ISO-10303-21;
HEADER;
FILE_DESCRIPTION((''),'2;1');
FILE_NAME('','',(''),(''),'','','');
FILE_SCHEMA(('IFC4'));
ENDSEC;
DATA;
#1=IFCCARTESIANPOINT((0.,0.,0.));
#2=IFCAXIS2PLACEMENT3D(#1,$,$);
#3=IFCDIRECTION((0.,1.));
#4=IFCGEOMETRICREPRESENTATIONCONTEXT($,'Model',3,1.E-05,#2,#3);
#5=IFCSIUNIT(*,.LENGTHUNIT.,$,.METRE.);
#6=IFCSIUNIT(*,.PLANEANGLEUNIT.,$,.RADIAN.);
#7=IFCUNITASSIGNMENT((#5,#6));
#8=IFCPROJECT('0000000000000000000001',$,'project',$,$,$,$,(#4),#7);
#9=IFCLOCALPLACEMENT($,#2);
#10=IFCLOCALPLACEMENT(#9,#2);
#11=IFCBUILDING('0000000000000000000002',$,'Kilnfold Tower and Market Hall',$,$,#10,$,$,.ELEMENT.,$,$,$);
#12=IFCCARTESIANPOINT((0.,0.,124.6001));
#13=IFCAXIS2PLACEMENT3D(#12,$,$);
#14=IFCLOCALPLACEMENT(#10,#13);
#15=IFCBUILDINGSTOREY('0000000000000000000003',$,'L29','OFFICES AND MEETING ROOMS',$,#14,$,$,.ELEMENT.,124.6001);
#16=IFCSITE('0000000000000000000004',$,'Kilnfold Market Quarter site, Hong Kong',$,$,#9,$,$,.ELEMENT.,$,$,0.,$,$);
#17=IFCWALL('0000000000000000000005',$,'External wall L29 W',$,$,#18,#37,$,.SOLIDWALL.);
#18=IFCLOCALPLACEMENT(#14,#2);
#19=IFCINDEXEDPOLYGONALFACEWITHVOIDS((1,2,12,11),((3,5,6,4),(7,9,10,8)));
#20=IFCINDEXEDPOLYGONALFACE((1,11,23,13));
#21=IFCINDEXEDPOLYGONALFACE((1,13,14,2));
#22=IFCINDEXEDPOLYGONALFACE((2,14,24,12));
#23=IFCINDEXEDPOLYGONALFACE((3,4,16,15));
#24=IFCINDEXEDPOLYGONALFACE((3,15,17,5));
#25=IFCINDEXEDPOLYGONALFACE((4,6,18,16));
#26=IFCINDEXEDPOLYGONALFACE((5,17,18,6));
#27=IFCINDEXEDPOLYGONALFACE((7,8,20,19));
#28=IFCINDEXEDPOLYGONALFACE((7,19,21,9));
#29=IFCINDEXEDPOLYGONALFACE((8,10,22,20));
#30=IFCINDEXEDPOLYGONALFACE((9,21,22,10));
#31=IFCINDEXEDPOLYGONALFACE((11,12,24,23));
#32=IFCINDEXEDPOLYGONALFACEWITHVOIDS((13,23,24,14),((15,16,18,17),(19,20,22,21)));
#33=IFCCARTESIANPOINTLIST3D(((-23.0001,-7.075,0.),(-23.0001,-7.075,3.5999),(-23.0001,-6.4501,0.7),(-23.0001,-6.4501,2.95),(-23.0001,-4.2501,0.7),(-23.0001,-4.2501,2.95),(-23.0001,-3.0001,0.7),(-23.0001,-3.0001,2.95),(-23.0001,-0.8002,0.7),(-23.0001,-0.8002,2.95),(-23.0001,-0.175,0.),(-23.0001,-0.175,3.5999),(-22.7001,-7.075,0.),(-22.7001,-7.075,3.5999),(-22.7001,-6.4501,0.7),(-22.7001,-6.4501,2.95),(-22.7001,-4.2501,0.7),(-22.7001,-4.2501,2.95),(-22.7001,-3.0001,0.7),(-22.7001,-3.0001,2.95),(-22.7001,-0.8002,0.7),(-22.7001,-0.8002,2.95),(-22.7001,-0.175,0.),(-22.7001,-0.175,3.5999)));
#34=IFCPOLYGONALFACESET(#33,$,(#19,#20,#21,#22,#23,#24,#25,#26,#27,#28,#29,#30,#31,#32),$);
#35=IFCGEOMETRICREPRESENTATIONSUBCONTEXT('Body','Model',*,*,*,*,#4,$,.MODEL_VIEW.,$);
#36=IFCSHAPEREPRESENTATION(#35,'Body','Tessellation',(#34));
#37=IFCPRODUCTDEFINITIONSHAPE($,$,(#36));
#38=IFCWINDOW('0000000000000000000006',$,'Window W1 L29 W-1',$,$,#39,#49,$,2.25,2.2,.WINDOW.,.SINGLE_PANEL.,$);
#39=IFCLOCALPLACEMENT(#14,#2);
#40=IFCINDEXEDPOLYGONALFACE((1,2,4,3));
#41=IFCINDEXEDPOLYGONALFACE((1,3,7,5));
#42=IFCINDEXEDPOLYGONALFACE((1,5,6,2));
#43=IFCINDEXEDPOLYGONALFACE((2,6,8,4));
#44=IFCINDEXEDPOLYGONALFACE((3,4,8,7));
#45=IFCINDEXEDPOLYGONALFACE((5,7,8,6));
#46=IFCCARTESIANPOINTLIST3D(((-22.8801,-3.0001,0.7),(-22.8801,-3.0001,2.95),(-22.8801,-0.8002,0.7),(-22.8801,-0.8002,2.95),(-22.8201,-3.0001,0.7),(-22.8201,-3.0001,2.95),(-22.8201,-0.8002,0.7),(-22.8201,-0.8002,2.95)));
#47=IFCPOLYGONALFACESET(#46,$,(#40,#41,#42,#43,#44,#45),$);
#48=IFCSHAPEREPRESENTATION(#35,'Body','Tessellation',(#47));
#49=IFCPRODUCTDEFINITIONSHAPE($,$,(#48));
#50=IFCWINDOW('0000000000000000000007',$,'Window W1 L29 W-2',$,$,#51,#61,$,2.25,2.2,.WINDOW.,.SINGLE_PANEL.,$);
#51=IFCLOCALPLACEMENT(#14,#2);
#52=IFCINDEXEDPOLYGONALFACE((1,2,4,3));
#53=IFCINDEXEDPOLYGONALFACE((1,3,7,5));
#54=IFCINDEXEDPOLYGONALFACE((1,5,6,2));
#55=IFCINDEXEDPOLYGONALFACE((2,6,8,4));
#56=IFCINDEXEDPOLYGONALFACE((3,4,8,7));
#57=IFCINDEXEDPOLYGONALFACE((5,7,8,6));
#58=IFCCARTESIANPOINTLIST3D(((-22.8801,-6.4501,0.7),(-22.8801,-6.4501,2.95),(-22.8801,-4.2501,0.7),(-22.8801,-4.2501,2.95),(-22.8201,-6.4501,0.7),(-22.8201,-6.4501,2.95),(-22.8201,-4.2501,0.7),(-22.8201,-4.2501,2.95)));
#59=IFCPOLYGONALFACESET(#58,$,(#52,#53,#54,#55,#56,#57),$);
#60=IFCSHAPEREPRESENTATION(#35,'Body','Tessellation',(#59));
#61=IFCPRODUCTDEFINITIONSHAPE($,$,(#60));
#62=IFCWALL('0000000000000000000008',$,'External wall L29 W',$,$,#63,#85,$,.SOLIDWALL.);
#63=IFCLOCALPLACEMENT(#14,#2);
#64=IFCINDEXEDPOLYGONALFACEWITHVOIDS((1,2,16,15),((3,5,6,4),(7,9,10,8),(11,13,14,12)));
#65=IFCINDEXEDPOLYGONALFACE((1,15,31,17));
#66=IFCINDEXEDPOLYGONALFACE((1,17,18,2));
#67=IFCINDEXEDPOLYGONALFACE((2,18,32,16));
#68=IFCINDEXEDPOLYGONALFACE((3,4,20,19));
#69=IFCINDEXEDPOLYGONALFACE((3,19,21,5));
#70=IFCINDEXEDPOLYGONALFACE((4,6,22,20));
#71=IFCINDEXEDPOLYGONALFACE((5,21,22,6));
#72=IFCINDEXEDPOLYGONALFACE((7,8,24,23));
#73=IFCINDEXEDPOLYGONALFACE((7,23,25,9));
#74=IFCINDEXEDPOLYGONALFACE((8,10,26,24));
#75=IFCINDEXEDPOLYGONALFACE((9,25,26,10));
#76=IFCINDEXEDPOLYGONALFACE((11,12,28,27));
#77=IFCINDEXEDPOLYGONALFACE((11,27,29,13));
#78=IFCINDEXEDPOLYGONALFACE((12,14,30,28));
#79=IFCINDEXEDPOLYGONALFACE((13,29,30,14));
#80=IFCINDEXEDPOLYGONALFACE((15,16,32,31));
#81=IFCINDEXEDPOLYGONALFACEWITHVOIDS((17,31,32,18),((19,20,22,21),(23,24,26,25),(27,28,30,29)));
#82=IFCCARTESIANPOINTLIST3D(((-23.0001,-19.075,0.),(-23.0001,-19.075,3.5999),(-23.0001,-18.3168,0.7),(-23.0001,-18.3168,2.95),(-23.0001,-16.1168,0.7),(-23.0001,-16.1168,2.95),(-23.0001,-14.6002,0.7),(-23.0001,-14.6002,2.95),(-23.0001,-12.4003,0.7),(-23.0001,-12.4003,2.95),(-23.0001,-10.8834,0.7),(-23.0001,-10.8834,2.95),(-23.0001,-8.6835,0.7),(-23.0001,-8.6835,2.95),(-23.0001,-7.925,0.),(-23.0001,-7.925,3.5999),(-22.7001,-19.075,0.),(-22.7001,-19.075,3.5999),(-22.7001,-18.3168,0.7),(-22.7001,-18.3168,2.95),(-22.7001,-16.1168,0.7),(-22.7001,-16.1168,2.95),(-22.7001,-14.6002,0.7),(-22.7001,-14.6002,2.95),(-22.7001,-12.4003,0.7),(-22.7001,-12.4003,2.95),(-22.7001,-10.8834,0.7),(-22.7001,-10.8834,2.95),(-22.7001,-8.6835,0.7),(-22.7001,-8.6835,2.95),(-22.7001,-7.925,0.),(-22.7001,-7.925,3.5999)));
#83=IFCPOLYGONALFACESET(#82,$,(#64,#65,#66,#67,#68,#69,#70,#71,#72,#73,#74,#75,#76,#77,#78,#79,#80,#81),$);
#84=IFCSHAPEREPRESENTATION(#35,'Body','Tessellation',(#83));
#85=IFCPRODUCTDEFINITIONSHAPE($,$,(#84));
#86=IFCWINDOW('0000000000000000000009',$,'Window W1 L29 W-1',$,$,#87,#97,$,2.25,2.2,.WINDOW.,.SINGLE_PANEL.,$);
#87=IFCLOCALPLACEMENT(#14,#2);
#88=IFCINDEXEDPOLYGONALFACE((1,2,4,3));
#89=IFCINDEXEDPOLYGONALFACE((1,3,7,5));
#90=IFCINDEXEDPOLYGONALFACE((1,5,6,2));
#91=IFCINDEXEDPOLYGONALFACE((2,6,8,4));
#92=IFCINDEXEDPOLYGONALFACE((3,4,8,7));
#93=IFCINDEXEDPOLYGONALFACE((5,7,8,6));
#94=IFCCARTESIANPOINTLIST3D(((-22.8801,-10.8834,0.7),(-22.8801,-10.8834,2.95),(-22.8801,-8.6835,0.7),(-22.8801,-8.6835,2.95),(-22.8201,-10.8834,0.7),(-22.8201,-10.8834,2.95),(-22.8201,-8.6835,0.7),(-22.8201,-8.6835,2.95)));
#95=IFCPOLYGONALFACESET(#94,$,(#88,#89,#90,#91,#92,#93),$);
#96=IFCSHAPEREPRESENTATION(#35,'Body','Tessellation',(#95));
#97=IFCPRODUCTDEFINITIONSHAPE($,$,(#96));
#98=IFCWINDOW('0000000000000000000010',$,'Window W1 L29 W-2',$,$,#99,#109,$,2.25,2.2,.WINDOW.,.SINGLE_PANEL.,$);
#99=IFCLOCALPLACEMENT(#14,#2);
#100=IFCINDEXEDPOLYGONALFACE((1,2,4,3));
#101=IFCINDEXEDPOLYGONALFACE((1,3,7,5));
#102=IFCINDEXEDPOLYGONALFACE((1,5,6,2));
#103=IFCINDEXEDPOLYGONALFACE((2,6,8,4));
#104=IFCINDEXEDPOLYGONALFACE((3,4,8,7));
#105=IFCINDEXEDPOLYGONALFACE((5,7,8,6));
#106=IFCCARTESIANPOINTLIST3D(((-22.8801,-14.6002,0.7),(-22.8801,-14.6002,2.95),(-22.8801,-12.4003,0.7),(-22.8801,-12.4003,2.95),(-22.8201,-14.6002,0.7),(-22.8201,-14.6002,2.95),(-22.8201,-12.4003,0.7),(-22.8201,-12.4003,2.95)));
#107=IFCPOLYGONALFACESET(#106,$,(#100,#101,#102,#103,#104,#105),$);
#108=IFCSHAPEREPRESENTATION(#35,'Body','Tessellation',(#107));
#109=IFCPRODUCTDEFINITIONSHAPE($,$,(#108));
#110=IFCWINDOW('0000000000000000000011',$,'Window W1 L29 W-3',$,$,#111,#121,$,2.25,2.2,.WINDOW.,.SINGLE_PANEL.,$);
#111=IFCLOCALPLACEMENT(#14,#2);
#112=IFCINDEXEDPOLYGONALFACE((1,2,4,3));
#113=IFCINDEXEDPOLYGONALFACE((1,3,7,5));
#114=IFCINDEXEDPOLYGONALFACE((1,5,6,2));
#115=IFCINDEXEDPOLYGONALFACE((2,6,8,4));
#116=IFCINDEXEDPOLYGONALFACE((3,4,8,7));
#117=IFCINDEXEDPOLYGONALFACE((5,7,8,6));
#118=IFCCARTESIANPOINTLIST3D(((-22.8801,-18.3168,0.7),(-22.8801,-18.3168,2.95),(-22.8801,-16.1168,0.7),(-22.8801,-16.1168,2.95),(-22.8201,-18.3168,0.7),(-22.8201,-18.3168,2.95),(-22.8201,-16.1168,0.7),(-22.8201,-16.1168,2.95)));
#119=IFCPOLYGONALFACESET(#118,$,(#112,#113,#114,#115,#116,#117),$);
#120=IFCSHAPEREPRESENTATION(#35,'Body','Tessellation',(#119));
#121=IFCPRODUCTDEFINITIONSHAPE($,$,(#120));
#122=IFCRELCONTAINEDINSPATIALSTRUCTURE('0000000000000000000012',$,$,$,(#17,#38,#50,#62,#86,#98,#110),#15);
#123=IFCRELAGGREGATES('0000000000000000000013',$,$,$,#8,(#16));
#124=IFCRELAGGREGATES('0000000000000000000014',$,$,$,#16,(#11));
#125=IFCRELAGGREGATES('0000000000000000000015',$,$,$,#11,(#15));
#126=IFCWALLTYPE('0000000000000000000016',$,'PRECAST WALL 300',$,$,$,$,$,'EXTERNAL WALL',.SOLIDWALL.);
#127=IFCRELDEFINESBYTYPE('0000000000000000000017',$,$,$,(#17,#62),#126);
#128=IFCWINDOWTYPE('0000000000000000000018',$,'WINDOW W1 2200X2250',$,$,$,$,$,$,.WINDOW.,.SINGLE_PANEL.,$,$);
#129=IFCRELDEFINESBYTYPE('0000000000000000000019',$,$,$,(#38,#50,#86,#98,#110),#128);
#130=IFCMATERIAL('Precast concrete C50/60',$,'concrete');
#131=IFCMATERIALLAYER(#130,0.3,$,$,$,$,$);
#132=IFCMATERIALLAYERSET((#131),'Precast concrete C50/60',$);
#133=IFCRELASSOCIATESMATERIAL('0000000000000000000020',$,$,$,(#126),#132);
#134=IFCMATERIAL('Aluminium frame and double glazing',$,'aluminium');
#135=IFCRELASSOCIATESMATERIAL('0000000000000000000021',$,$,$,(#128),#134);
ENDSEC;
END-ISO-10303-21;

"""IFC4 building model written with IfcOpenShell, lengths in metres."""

from ifc_helpers import new_model, si_unit, direction, frame, frame_2d, origin, place, context, subcontext, project, spatial, rectangle, extrude, source, transform, mapped, material, layer, layer_set, type_object, element, fill, save


model = new_model("IFC4")

# Units and contexts
model_context = context("Model", 3, precision=1e-05, world=origin(), true_north=direction((0.0, 1.0)))
body_context = subcontext(model_context, "Body", "Model", "MODEL_VIEW")
ifc_project = project(units=[si_unit("LENGTHUNIT", "METRE"), si_unit("PLANEANGLEUNIT", "RADIAN")], contexts=[model_context])

# Site, building, storey
site_placement = place(None, origin())
site = spatial("IfcSite", under=ifc_project, at=site_placement, Name="Kilnfold Market Quarter site, Hong Kong", CompositionType="ELEMENT", RefElevation=0.0)
building_placement = place(site_placement, origin())
building = spatial("IfcBuilding", under=site, at=building_placement, Name="Kilnfold Tower and Market Hall", CompositionType="ELEMENT")
storey_placement = place(building_placement, frame((0.0, 0.0, 124.6001)))
storey = spatial("IfcBuildingStorey", under=building, at=storey_placement, Name="L29", Description="OFFICES AND MEETING ROOMS", CompositionType="ELEMENT", Elevation=124.6001)

# Walls, openings, windows
ifc_material_1 = material(Name="Precast concrete C50/60", Category="concrete")
ifc_layer_1 = layer(ifc_material_1, 0.3)
ifc_layer_set_1 = layer_set([ifc_layer_1], Name="Precast concrete C50/60")
wall_type_1 = type_object("IfcWallType", Name="PRECAST WALL 300", ElementType="EXTERNAL WALL", PredefinedType="SOLIDWALL", material=ifc_layer_set_1)
shared_shape_1 = source(origin(), body_context, "Body", "SweptSolid", [
    extrude(rectangle(XDim=6.8999, YDim=0.3, at=frame_2d((3.45, 0.0))), origin(), (0.0, 0.0, 1.0), 3.5999),
])
wall_1_placement = place(storey_placement, frame((-22.8501, -0.175, 0.0), z_axis=(0.0, 0.0, 1.0), x_axis=(0.0, -1.0, 0.0)))
wall_1 = element("IfcWall", 1, at=wall_1_placement, inside=storey, type_object=wall_type_1, Name="External wall L29 W", PredefinedType="SOLIDWALL", context=body_context, shape_type="MappedRepresentation", body=[
    mapped(shared_shape_1, transform((0.0, 0.0, 0.0))),
])
opening_1_placement = place(wall_1_placement, frame((0.625, 0.0, 0.7)))
opening_1 = element("IfcOpeningElement", 2, at=opening_1_placement, cuts=wall_1, PredefinedType="OPENING", context=body_context, shape_type="SweptSolid", body=[
    extrude(rectangle(XDim=2.2, YDim=2.25, at=frame_2d((1.1001, 1.125))), frame((0.0, 0.1602, 0.0), z_axis=(0.0, -1.0, 0.0), x_axis=(1.0, 0.0, 0.0)), (0.0, 0.0, 1.0), 0.3201),
])
opening_2_placement = place(wall_1_placement, frame((4.075, 0.0, 0.7)))
opening_2 = element("IfcOpeningElement", 3, at=opening_2_placement, cuts=wall_1, PredefinedType="OPENING", context=body_context, shape_type="SweptSolid", body=[
    extrude(rectangle(XDim=2.2, YDim=2.25, at=frame_2d((1.1001, 1.125))), frame((0.0, 0.1602, 0.0), z_axis=(0.0, -1.0, 0.0), x_axis=(1.0, 0.0, 0.0)), (0.0, 0.0, 1.0), 0.3201),
])
ifc_material_2 = material(Name="Aluminium frame and double glazing", Category="aluminium")
window_type = type_object("IfcWindowType", Name="WINDOW W1 2200X2250", PartitioningType="SINGLE_PANEL", PredefinedType="WINDOW", material=ifc_material_2)
window_1_placement = place(opening_1_placement, origin())
window_1 = element("IfcWindow", 4, at=window_1_placement, inside=storey, type_object=window_type, Name="Window W1 L29 W-1", OverallHeight=2.25, OverallWidth=2.2, PartitioningType="SINGLE_PANEL", PredefinedType="WINDOW", context=body_context, shape_type="SweptSolid", body=[
    extrude(rectangle(XDim=2.2, YDim=2.25, at=frame_2d((1.1001, 1.125))), frame((0.0, 0.03, 0.0), z_axis=(0.0, -1.0, 0.0), x_axis=(1.0, 0.0, 0.0)), (0.0, 0.0, 1.0), 0.0601),
])
fill(opening_1, window_1)
window_2_placement = place(opening_2_placement, origin())
window_2 = element("IfcWindow", 5, at=window_2_placement, inside=storey, type_object=window_type, Name="Window W1 L29 W-2", OverallHeight=2.25, OverallWidth=2.2, PartitioningType="SINGLE_PANEL", PredefinedType="WINDOW", context=body_context, shape_type="SweptSolid", body=[
    extrude(rectangle(XDim=2.2, YDim=2.25, at=frame_2d((1.1001, 1.125))), frame((0.0, 0.03, 0.0), z_axis=(0.0, -1.0, 0.0), x_axis=(1.0, 0.0, 0.0)), (0.0, 0.0, 1.0), 0.0601),
])
fill(opening_2, window_2)
shared_shape_2 = source(origin(), body_context, "Body", "SweptSolid", [
    extrude(rectangle(XDim=11.1499, YDim=0.3, at=frame_2d((5.575, 0.0))), origin(), (0.0, 0.0, 1.0), 3.5999),
])
wall_2_placement = place(storey_placement, frame((-22.8501, -7.925, 0.0), z_axis=(0.0, 0.0, 1.0), x_axis=(0.0, -1.0, 0.0)))
wall_2 = element("IfcWall", 6, at=wall_2_placement, inside=storey, type_object=wall_type_1, Name="External wall L29 W", PredefinedType="SOLIDWALL", context=body_context, shape_type="MappedRepresentation", body=[
    mapped(shared_shape_2, transform((0.0, 0.0, 0.0))),
])
opening_3_placement = place(wall_2_placement, frame((0.7583, 0.0, 0.7)))
opening_3 = element("IfcOpeningElement", 7, at=opening_3_placement, cuts=wall_2, PredefinedType="OPENING", context=body_context, shape_type="SweptSolid", body=[
    extrude(rectangle(XDim=2.2, YDim=2.25, at=frame_2d((1.1001, 1.125))), frame((0.0, 0.1602, 0.0), z_axis=(0.0, -1.0, 0.0), x_axis=(1.0, 0.0, 0.0)), (0.0, 0.0, 1.0), 0.3201),
])
opening_4_placement = place(wall_2_placement, frame((4.4751, 0.0, 0.7)))
opening_4 = element("IfcOpeningElement", 8, at=opening_4_placement, cuts=wall_2, PredefinedType="OPENING", context=body_context, shape_type="SweptSolid", body=[
    extrude(rectangle(XDim=2.2, YDim=2.25, at=frame_2d((1.1001, 1.125))), frame((0.0, 0.1602, 0.0), z_axis=(0.0, -1.0, 0.0), x_axis=(1.0, 0.0, 0.0)), (0.0, 0.0, 1.0), 0.3201),
])
opening_5_placement = place(wall_2_placement, frame((8.1917, 0.0, 0.7)))
opening_5 = element("IfcOpeningElement", 9, at=opening_5_placement, cuts=wall_2, PredefinedType="OPENING", context=body_context, shape_type="SweptSolid", body=[
    extrude(rectangle(XDim=2.2, YDim=2.25, at=frame_2d((1.1001, 1.125))), frame((0.0, 0.1602, 0.0), z_axis=(0.0, -1.0, 0.0), x_axis=(1.0, 0.0, 0.0)), (0.0, 0.0, 1.0), 0.3201),
])
window_3_placement = place(opening_3_placement, origin())
window_3 = element("IfcWindow", 10, at=window_3_placement, inside=storey, type_object=window_type, Name="Window W1 L29 W-1", OverallHeight=2.25, OverallWidth=2.2, PartitioningType="SINGLE_PANEL", PredefinedType="WINDOW", context=body_context, shape_type="SweptSolid", body=[
    extrude(rectangle(XDim=2.2, YDim=2.25, at=frame_2d((1.1001, 1.125))), frame((0.0, 0.03, 0.0), z_axis=(0.0, -1.0, 0.0), x_axis=(1.0, 0.0, 0.0)), (0.0, 0.0, 1.0), 0.0601),
])
fill(opening_3, window_3)
window_4_placement = place(opening_4_placement, origin())
window_4 = element("IfcWindow", 11, at=window_4_placement, inside=storey, type_object=window_type, Name="Window W1 L29 W-2", OverallHeight=2.25, OverallWidth=2.2, PartitioningType="SINGLE_PANEL", PredefinedType="WINDOW", context=body_context, shape_type="SweptSolid", body=[
    extrude(rectangle(XDim=2.2, YDim=2.25, at=frame_2d((1.1001, 1.125))), frame((0.0, 0.03, 0.0), z_axis=(0.0, -1.0, 0.0), x_axis=(1.0, 0.0, 0.0)), (0.0, 0.0, 1.0), 0.0601),
])
fill(opening_4, window_4)
window_5_placement = place(opening_5_placement, origin())
window_5 = element("IfcWindow", 12, at=window_5_placement, inside=storey, type_object=window_type, Name="Window W1 L29 W-3", OverallHeight=2.25, OverallWidth=2.2, PartitioningType="SINGLE_PANEL", PredefinedType="WINDOW", context=body_context, shape_type="SweptSolid", body=[
    extrude(rectangle(XDim=2.2, YDim=2.25, at=frame_2d((1.1001, 1.125))), frame((0.0, 0.03, 0.0), z_axis=(0.0, -1.0, 0.0), x_axis=(1.0, 0.0, 0.0)), (0.0, 0.0, 1.0), 0.0601),
])
fill(opening_5, window_5)

save(model, "model.ifc")
